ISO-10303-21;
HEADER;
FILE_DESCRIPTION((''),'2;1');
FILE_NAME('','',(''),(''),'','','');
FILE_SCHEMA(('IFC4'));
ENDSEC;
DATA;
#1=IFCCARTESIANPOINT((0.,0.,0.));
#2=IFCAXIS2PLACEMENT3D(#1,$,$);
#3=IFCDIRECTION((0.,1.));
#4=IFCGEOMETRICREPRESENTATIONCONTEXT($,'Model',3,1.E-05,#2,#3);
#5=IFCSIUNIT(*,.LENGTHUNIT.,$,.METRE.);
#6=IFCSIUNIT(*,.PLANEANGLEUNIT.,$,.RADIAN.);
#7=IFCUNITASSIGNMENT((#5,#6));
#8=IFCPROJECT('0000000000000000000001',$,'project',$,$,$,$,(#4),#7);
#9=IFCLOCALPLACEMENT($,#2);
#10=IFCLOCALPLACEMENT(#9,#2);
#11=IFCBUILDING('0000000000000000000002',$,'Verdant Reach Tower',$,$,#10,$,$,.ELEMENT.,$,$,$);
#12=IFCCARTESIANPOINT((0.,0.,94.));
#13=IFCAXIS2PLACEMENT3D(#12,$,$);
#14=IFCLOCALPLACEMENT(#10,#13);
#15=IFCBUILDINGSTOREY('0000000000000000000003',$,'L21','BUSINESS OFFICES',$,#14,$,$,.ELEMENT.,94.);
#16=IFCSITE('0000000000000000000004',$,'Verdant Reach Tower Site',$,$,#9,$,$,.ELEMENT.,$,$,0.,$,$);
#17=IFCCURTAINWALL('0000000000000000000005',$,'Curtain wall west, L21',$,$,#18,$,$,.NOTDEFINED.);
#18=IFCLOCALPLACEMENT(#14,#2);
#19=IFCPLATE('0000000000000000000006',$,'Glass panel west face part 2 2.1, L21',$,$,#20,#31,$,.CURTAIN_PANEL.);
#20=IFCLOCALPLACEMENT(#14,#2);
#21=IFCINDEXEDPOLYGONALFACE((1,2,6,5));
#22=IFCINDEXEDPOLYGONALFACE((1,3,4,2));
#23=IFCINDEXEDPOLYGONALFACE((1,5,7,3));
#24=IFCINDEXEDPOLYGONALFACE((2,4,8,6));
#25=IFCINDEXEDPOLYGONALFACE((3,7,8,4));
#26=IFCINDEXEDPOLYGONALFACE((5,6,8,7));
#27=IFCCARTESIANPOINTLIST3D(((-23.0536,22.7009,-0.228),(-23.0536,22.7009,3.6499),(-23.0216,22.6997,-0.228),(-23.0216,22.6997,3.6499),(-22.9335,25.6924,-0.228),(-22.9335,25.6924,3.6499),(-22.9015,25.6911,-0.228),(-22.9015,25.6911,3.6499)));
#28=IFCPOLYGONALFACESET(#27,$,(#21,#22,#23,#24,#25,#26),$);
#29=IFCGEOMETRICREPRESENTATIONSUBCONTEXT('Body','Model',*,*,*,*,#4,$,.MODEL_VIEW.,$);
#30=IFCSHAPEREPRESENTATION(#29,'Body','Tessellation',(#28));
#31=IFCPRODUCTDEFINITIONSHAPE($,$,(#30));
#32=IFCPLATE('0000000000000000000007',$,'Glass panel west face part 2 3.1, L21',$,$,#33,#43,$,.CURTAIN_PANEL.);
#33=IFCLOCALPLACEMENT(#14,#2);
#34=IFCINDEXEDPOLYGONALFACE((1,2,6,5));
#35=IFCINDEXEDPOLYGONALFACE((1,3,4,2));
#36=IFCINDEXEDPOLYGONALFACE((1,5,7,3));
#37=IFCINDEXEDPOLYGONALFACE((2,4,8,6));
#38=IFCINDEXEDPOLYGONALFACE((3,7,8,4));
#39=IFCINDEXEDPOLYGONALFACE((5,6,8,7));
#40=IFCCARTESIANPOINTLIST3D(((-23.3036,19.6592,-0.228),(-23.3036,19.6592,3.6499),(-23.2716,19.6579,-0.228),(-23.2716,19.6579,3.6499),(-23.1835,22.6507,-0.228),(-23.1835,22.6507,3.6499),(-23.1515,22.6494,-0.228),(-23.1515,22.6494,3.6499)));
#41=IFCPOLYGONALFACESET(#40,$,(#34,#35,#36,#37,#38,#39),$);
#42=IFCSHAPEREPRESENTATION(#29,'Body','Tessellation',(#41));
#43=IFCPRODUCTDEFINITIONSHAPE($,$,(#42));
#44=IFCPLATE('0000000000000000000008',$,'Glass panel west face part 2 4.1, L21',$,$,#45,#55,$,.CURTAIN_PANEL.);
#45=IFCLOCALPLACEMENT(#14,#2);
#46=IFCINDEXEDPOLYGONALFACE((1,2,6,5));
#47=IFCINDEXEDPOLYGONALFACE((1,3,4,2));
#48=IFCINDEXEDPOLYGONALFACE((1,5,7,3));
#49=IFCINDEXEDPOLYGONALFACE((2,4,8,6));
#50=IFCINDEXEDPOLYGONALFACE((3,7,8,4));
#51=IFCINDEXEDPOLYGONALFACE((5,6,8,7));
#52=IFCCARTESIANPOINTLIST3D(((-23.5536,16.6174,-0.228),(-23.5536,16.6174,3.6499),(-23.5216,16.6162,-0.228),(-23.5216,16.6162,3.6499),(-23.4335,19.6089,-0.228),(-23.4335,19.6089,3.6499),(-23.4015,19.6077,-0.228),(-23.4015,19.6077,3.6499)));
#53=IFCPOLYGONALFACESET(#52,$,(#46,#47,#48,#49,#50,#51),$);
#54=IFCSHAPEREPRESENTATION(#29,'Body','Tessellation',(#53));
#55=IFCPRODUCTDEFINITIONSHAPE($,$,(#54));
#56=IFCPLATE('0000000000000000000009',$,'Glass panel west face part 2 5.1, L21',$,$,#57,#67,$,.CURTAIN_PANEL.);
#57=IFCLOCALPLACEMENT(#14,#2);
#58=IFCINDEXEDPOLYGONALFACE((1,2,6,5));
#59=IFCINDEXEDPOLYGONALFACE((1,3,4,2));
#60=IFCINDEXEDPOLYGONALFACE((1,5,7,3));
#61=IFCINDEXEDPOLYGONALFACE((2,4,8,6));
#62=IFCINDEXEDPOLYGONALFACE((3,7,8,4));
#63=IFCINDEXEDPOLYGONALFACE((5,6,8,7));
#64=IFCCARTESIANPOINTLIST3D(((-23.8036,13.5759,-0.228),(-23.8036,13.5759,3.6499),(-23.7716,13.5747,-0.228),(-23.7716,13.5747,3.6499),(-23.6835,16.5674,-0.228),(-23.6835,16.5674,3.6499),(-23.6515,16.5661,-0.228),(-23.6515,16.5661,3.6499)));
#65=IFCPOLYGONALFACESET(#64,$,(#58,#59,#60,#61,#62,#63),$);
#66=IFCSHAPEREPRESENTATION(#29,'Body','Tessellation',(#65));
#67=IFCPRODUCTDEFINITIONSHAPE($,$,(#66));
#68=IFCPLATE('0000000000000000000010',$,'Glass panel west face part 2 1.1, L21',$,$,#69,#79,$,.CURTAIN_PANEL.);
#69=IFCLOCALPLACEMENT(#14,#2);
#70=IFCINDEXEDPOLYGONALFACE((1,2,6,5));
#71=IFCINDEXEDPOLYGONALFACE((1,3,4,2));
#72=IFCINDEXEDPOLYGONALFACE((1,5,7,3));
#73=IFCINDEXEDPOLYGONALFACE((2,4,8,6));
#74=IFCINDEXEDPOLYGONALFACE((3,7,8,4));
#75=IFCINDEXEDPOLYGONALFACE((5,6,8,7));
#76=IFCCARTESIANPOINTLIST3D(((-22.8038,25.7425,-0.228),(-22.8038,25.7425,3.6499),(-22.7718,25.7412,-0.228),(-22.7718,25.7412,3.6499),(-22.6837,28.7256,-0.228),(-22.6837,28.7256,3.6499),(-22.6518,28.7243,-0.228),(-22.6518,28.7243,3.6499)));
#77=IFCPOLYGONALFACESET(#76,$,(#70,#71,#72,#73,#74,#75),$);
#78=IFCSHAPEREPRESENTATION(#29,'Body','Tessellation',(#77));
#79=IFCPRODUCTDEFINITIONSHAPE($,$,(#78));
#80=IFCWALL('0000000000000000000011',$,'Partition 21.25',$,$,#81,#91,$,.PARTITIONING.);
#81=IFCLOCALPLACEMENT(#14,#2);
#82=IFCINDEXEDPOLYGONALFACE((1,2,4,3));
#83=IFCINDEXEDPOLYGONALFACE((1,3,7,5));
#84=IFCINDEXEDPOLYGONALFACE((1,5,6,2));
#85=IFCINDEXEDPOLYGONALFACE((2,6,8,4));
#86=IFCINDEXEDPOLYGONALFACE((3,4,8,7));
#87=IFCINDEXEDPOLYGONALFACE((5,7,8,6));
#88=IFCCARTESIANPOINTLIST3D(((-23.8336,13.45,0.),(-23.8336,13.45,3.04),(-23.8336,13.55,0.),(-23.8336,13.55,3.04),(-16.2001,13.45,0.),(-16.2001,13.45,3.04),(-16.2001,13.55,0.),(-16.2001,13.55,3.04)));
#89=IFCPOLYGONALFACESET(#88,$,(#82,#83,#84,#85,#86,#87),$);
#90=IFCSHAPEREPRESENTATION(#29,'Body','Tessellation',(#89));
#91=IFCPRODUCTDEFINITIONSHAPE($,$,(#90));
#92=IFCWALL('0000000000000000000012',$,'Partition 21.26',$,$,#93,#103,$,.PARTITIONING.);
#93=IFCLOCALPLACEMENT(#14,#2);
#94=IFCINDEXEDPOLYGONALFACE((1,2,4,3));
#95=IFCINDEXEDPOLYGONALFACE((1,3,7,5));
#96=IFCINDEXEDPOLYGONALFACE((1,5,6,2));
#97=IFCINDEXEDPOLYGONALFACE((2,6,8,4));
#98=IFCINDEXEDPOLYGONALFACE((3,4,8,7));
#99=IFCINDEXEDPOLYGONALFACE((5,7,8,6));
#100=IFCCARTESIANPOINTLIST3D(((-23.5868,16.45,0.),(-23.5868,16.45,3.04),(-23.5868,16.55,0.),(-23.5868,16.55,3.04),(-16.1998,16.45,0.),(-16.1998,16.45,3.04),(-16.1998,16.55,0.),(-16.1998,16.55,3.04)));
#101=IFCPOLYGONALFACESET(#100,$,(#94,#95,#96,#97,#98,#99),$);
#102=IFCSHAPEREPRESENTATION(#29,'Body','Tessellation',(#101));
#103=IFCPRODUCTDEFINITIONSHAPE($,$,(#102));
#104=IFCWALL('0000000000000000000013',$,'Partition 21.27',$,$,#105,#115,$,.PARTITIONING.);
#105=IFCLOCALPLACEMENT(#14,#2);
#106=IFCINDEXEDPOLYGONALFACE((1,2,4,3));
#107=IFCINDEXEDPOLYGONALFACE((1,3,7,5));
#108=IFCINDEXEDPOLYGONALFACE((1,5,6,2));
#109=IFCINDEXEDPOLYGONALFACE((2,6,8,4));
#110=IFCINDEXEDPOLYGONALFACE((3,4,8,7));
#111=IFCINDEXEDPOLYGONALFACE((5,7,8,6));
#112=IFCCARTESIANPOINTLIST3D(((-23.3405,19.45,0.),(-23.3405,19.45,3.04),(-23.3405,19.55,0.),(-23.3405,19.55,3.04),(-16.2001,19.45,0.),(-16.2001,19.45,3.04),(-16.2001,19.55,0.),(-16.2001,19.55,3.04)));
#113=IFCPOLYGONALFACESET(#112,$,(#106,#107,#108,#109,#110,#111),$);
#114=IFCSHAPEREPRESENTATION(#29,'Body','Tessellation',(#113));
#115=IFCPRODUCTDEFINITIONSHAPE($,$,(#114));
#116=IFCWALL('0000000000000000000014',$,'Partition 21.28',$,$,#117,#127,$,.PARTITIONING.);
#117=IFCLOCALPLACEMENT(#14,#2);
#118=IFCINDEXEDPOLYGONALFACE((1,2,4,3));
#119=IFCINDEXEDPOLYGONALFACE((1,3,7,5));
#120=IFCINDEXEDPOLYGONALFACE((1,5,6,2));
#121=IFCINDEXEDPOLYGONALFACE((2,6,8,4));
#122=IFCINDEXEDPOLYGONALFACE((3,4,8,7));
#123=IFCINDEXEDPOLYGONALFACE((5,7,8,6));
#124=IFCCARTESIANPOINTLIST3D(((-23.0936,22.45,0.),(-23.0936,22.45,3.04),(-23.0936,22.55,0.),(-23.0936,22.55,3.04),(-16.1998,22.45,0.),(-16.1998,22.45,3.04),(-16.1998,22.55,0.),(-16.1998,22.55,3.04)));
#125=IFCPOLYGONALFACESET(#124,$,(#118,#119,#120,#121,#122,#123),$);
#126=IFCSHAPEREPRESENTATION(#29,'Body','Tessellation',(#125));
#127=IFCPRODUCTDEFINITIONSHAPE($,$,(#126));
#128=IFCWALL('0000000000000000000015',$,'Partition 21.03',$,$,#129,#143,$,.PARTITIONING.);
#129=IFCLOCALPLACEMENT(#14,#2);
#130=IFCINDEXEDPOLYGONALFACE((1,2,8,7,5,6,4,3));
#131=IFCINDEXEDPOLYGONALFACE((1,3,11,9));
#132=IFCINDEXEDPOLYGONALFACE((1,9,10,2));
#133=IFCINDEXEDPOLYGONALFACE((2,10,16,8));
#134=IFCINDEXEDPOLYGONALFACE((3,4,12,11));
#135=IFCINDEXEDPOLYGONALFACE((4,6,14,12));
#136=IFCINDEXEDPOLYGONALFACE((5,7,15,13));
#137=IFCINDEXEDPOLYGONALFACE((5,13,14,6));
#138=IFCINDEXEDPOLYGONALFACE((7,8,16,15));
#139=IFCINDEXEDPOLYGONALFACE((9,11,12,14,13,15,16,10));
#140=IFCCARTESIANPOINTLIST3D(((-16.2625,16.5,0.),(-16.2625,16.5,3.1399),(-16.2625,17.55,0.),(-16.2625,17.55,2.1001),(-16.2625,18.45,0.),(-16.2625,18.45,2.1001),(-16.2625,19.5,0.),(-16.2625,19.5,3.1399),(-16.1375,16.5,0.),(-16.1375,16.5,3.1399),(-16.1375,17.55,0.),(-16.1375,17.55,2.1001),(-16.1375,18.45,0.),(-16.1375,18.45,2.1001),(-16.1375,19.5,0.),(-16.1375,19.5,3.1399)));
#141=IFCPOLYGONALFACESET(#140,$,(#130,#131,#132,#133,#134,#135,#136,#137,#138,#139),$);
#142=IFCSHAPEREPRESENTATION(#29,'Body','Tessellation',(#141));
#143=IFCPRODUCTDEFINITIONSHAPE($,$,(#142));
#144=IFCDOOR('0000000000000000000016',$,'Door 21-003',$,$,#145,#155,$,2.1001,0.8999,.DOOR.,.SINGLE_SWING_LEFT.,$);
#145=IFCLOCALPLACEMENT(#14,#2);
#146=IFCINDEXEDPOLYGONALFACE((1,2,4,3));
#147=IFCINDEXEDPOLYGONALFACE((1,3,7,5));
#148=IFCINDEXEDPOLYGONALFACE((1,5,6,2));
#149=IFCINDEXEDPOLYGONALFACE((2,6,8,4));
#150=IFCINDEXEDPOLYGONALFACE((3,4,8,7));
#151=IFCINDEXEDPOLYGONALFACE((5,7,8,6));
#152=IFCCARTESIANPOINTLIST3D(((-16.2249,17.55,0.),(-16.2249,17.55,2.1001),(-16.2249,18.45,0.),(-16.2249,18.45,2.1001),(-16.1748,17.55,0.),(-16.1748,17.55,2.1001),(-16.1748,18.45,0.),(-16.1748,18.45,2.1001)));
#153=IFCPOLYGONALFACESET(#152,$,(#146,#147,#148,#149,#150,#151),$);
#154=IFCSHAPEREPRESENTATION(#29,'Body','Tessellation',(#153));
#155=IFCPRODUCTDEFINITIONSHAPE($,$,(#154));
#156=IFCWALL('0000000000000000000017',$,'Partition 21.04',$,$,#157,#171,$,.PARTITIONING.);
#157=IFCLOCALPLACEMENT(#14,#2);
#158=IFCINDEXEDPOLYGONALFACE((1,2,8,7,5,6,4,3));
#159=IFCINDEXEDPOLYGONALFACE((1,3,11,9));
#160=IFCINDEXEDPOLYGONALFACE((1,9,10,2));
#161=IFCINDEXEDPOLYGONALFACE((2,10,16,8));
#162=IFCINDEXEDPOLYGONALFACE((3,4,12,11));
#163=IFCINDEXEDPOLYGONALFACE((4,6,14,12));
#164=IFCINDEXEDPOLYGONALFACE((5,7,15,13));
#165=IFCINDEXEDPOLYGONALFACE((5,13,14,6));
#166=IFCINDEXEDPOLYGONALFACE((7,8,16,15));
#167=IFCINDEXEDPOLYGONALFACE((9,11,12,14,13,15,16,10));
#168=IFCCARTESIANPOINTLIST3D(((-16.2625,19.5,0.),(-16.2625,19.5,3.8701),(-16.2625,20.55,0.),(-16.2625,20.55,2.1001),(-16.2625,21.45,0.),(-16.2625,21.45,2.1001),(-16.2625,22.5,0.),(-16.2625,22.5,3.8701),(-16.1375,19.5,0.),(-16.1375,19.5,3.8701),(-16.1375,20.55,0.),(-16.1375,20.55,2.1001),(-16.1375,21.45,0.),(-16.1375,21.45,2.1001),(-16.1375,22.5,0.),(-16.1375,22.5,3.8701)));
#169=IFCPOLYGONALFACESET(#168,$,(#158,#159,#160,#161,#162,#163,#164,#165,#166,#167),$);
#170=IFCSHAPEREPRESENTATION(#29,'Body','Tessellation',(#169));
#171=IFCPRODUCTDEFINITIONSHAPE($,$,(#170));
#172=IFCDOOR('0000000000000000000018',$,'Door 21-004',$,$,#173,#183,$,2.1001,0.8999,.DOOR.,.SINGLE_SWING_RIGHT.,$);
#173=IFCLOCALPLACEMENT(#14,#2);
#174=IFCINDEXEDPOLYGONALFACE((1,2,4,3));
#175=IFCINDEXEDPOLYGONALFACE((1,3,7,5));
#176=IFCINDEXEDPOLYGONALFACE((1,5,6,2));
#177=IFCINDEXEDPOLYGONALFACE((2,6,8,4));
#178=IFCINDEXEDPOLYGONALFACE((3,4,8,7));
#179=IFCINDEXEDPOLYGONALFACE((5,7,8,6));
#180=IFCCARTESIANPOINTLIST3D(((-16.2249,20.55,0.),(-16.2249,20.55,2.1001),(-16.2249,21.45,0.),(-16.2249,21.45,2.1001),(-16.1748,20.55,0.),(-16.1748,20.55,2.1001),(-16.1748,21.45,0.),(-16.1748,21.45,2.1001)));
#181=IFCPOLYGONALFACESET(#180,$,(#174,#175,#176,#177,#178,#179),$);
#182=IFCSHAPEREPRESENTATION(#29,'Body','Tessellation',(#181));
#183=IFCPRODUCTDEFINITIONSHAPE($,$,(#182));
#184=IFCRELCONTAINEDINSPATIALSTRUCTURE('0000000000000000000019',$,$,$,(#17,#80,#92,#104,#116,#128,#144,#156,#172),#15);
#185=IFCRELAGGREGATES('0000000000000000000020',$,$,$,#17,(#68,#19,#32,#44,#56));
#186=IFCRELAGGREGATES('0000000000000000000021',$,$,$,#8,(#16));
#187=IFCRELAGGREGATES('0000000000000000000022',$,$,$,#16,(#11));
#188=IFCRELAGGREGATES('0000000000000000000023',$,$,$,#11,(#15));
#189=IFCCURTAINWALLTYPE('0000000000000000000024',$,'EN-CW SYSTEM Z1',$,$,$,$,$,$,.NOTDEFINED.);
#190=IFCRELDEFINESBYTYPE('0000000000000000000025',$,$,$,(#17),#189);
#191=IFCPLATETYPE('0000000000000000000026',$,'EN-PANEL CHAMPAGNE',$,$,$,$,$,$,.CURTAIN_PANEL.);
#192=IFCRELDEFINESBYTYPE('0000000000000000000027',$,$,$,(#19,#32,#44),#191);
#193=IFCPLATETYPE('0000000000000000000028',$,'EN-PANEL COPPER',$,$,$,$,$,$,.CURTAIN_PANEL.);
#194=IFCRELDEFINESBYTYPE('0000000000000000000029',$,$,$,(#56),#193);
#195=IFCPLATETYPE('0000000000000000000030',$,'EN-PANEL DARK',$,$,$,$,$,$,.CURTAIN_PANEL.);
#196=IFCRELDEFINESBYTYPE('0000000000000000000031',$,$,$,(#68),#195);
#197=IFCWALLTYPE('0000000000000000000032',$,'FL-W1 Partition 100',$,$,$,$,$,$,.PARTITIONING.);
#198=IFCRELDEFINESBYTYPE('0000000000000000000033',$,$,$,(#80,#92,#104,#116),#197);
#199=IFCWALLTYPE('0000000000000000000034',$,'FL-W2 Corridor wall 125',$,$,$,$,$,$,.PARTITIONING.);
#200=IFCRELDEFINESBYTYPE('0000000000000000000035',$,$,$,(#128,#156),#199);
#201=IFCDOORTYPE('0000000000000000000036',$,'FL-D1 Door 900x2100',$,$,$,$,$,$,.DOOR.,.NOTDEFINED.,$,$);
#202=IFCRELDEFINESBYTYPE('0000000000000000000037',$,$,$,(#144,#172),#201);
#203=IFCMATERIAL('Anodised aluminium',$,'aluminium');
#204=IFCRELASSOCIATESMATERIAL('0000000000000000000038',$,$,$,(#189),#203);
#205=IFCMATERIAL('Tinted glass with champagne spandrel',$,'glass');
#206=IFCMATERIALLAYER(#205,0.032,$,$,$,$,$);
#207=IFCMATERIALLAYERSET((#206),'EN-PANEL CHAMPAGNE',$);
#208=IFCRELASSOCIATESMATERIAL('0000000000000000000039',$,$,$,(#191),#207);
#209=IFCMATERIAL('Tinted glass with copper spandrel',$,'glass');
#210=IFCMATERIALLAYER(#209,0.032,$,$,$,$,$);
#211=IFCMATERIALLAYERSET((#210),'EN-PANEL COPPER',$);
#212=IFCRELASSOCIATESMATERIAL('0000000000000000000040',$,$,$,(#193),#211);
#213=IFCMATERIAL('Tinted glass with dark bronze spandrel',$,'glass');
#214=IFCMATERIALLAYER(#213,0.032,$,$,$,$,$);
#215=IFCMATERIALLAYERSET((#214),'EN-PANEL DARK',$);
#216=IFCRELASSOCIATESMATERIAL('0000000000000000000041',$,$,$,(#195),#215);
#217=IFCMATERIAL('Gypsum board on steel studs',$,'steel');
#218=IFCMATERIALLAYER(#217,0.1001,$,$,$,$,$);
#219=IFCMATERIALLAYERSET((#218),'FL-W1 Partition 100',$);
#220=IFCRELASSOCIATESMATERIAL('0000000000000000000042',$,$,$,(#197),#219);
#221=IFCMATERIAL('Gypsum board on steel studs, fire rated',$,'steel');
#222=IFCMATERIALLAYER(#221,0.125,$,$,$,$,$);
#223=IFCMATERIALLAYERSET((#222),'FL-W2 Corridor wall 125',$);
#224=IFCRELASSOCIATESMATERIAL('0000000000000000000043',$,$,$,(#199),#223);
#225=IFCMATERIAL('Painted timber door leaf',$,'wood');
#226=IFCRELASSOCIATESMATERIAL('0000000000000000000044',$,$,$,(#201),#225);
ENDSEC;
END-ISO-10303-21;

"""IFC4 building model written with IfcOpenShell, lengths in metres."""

from ifc_helpers import new_model, si_unit, direction, frame, frame_2d, origin, origin_2d, place, context, subcontext, project, spatial, rectangle, extrude, material, layer, layer_set, type_object, element, fill, aggregate, save


model = new_model("IFC4")

# Units and contexts
model_context = context("Model", 3, precision=1e-05, world=origin(), true_north=direction((0.0, 1.0)))
body_context = subcontext(model_context, "Body", "Model", "MODEL_VIEW")
ifc_project = project(units=[si_unit("LENGTHUNIT", "METRE"), si_unit("PLANEANGLEUNIT", "RADIAN")], contexts=[model_context])

# Site, building, storey
site_placement = place(None, origin())
site = spatial("IfcSite", under=ifc_project, at=site_placement, Name="Verdant Reach Tower Site", CompositionType="ELEMENT", RefElevation=0.0)
building_placement = place(site_placement, origin())
building = spatial("IfcBuilding", under=site, at=building_placement, Name="Verdant Reach Tower", CompositionType="ELEMENT")
storey_placement = place(building_placement, frame((0.0, 0.0, 94.0)))
storey = spatial("IfcBuildingStorey", under=building, at=storey_placement, Name="L21", Description="BUSINESS OFFICES", CompositionType="ELEMENT", Elevation=94.0)

# Curtain wall
ifc_material_1 = material(Name="Anodised aluminium", Category="aluminium")
curtain_wall_type = type_object("IfcCurtainWallType", Name="EN-CW SYSTEM Z1", PredefinedType="NOTDEFINED", material=ifc_material_1)
curtain_wall_placement = place(storey_placement, origin())
curtain_wall = element("IfcCurtainWall", 1, at=curtain_wall_placement, inside=storey, type_object=curtain_wall_type, Name="Curtain wall west, L21", PredefinedType="NOTDEFINED")

# Plates
ifc_material_2 = material(Name="Tinted glass with champagne spandrel", Category="glass")
ifc_layer_1 = layer(ifc_material_2, 0.032)
ifc_layer_set_1 = layer_set([ifc_layer_1], Name="EN-PANEL CHAMPAGNE")
plate_type_1 = type_object("IfcPlateType", Name="EN-PANEL CHAMPAGNE", PredefinedType="CURTAIN_PANEL", material=ifc_layer_set_1)
plate_1_placement = place(storey_placement, frame((-22.9775, 24.196, -0.228), z_axis=(0.0, 0.0, 1.0), x_axis=(-0.040109, -0.999195, 0.0)))
plate_1 = element("IfcPlate", 2, at=plate_1_placement, type_object=plate_type_1, Name="Glass panel west face part 2 2.1, L21", PredefinedType="CURTAIN_PANEL", context=body_context, shape_type="SweptSolid", body=[
    extrude(rectangle(XDim=2.9939, YDim=0.032, at=origin_2d()), origin(), (0.0, 0.0, 1.0), 3.8779),
])
plate_2_placement = place(storey_placement, frame((-23.2275, 21.1543, -0.228), z_axis=(0.0, 0.0, 1.0), x_axis=(-0.040109, -0.999195, 0.0)))
plate_2 = element("IfcPlate", 3, at=plate_2_placement, type_object=plate_type_1, Name="Glass panel west face part 2 3.1, L21", PredefinedType="CURTAIN_PANEL", context=body_context, shape_type="SweptSolid", body=[
    extrude(rectangle(XDim=2.9939, YDim=0.032, at=origin_2d()), origin(), (0.0, 0.0, 1.0), 3.8779),
])
plate_3_placement = place(storey_placement, frame((-23.4775, 18.1125, -0.228), z_axis=(0.0, 0.0, 1.0), x_axis=(-0.040109, -0.999195, 0.0)))
plate_3 = element("IfcPlate", 4, at=plate_3_placement, type_object=plate_type_1, Name="Glass panel west face part 2 4.1, L21", PredefinedType="CURTAIN_PANEL", context=body_context, shape_type="SweptSolid", body=[
    extrude(rectangle(XDim=2.9939, YDim=0.032, at=origin_2d()), origin(), (0.0, 0.0, 1.0), 3.8779),
])
ifc_material_3 = material(Name="Tinted glass with copper spandrel", Category="glass")
ifc_layer_2 = layer(ifc_material_3, 0.032)
ifc_layer_set_2 = layer_set([ifc_layer_2], Name="EN-PANEL COPPER")
plate_type_2 = type_object("IfcPlateType", Name="EN-PANEL COPPER", PredefinedType="CURTAIN_PANEL", material=ifc_layer_set_2)
plate_4_placement = place(storey_placement, frame((-23.7275, 15.071, -0.228), z_axis=(0.0, 0.0, 1.0), x_axis=(-0.040109, -0.999195, 0.0)))
plate_4 = element("IfcPlate", 5, at=plate_4_placement, type_object=plate_type_2, Name="Glass panel west face part 2 5.1, L21", PredefinedType="CURTAIN_PANEL", context=body_context, shape_type="SweptSolid", body=[
    extrude(rectangle(XDim=2.9939, YDim=0.032, at=origin_2d()), origin(), (0.0, 0.0, 1.0), 3.8779),
])
ifc_material_4 = material(Name="Tinted glass with dark bronze spandrel", Category="glass")
ifc_layer_3 = layer(ifc_material_4, 0.032)
ifc_layer_set_3 = layer_set([ifc_layer_3], Name="EN-PANEL DARK")
plate_type_3 = type_object("IfcPlateType", Name="EN-PANEL DARK", PredefinedType="CURTAIN_PANEL", material=ifc_layer_set_3)
plate_5_placement = place(storey_placement, frame((-22.7278, 27.2334, -0.228), z_axis=(0.0, 0.0, 1.0), x_axis=(-0.040222, -0.999191, 0.0)))
plate_5 = element("IfcPlate", 6, at=plate_5_placement, type_object=plate_type_3, Name="Glass panel west face part 2 1.1, L21", PredefinedType="CURTAIN_PANEL", context=body_context, shape_type="SweptSolid", body=[
    extrude(rectangle(XDim=2.9856, YDim=0.032, at=origin_2d()), origin(), (0.0, 0.0, 1.0), 3.8779),
])
aggregate(curtain_wall, [plate_5, plate_1, plate_2, plate_3, plate_4])

# Walls
ifc_material_5 = material(Name="Gypsum board on steel studs", Category="steel")
ifc_layer_4 = layer(ifc_material_5, 0.1001)
ifc_layer_set_4 = layer_set([ifc_layer_4], Name="FL-W1 Partition 100")
wall_type_1 = type_object("IfcWallType", Name="FL-W1 Partition 100", PredefinedType="PARTITIONING", material=ifc_layer_set_4)
wall_1_placement = place(storey_placement, frame((-16.2, 13.5, 0.0), z_axis=(0.0, 0.0, 1.0), x_axis=(-1.0, 0.0, 0.0)))
element("IfcWall", 7, at=wall_1_placement, inside=storey, type_object=wall_type_1, Name="Partition 21.25", PredefinedType="PARTITIONING", context=body_context, shape_type="SweptSolid", body=[
    extrude(rectangle(XDim=7.6335, YDim=0.1001, at=frame_2d((3.8169, 0.0))), origin(), (0.0, 0.0, 1.0), 3.04),
])
wall_2_placement = place(storey_placement, frame((-16.2, 16.5, 0.0), z_axis=(0.0, 0.0, 1.0), x_axis=(-1.0, 0.0, 0.0)))
element("IfcWall", 8, at=wall_2_placement, inside=storey, type_object=wall_type_1, Name="Partition 21.26", PredefinedType="PARTITIONING", context=body_context, shape_type="SweptSolid", body=[
    extrude(rectangle(XDim=7.387, YDim=0.1001, at=frame_2d((3.6934, 0.0))), origin(), (0.0, 0.0, 1.0), 3.04),
])
wall_3_placement = place(storey_placement, frame((-16.2, 19.5, 0.0), z_axis=(0.0, 0.0, 1.0), x_axis=(-1.0, 0.0, 0.0)))
element("IfcWall", 9, at=wall_3_placement, inside=storey, type_object=wall_type_1, Name="Partition 21.27", PredefinedType="PARTITIONING", context=body_context, shape_type="SweptSolid", body=[
    extrude(rectangle(XDim=7.1404, YDim=0.1001, at=frame_2d((3.5703, 0.0))), origin(), (0.0, 0.0, 1.0), 3.04),
])
wall_4_placement = place(storey_placement, frame((-16.2, 22.5, 0.0), z_axis=(0.0, 0.0, 1.0), x_axis=(-1.0, 0.0, 0.0)))
element("IfcWall", 10, at=wall_4_placement, inside=storey, type_object=wall_type_1, Name="Partition 21.28", PredefinedType="PARTITIONING", context=body_context, shape_type="SweptSolid", body=[
    extrude(rectangle(XDim=6.8938, YDim=0.1001, at=frame_2d((3.4468, 0.0))), origin(), (0.0, 0.0, 1.0), 3.04),
])

# Walls, openings, doors
ifc_material_6 = material(Name="Gypsum board on steel studs, fire rated", Category="steel")
ifc_layer_5 = layer(ifc_material_6, 0.125)
ifc_layer_set_5 = layer_set([ifc_layer_5], Name="FL-W2 Corridor wall 125")
wall_type_2 = type_object("IfcWallType", Name="FL-W2 Corridor wall 125", PredefinedType="PARTITIONING", material=ifc_layer_set_5)
wall_5_placement = place(storey_placement, frame((-16.2, 16.5, 0.0), z_axis=(0.0, 0.0, 1.0), x_axis=(0.0, 1.0, 0.0)))
wall_5 = element("IfcWall", 11, at=wall_5_placement, inside=storey, type_object=wall_type_2, Name="Partition 21.03", PredefinedType="PARTITIONING", context=body_context, shape_type="SweptSolid", body=[
    extrude(rectangle(XDim=3.0, YDim=0.125, at=frame_2d((1.5, 0.0))), origin(), (0.0, 0.0, 1.0), 3.1399),
])
opening_1_placement = place(wall_5_placement, frame((1.05, 0.0, 0.0)))
opening_1 = element("IfcOpeningElement", 12, at=opening_1_placement, cuts=wall_5, PredefinedType="OPENING", context=body_context, shape_type="SweptSolid", body=[
    extrude(rectangle(XDim=0.8999, YDim=2.1001, at=frame_2d((0.45, 1.05))), frame((0.0, 0.0725, 0.0), z_axis=(0.0, -1.0, 0.0), x_axis=(1.0, 0.0, 0.0)), (0.0, 0.0, 1.0), 0.145),
])
ifc_material_7 = material(Name="Painted timber door leaf", Category="wood")
door_type_1 = type_object("IfcDoorType", Name="FL-D1 Door 900x2100", OperationType="NOTDEFINED", PredefinedType="DOOR", material=ifc_material_7)
door_1_placement = place(opening_1_placement, origin())
door_1 = element("IfcDoor", 13, at=door_1_placement, inside=storey, type_object=door_type_1, Name="Door 21-003", OperationType="SINGLE_SWING_LEFT", OverallHeight=2.1001, OverallWidth=0.8999, PredefinedType="DOOR", context=body_context, shape_type="SweptSolid", body=[
    extrude(rectangle(XDim=0.8999, YDim=2.1001, at=frame_2d((0.45, 1.05))), frame((0.0, 0.0249, 0.0), z_axis=(0.0, -1.0, 0.0), x_axis=(1.0, 0.0, 0.0)), (0.0, 0.0, 1.0), 0.05),
])
fill(opening_1, door_1)
wall_6_placement = place(storey_placement, frame((-16.2, 19.5, 0.0), z_axis=(0.0, 0.0, 1.0), x_axis=(0.0, 1.0, 0.0)))
wall_6 = element("IfcWall", 14, at=wall_6_placement, inside=storey, type_object=wall_type_2, Name="Partition 21.04", PredefinedType="PARTITIONING", context=body_context, shape_type="SweptSolid", body=[
    extrude(rectangle(XDim=3.0, YDim=0.125, at=frame_2d((1.5, 0.0))), origin(), (0.0, 0.0, 1.0), 3.8701),
])
opening_2_placement = place(wall_6_placement, frame((1.05, 0.0, 0.0)))
opening_2 = element("IfcOpeningElement", 15, at=opening_2_placement, cuts=wall_6, PredefinedType="OPENING", context=body_context, shape_type="SweptSolid", body=[
    extrude(rectangle(XDim=0.8999, YDim=2.1001, at=frame_2d((0.45, 1.05))), frame((0.0, 0.0725, 0.0), z_axis=(0.0, -1.0, 0.0), x_axis=(1.0, 0.0, 0.0)), (0.0, 0.0, 1.0), 0.145),
])
door_2_placement = place(opening_2_placement, origin())
door_2 = element("IfcDoor", 16, at=door_2_placement, inside=storey, type_object=door_type_1, Name="Door 21-004", OperationType="SINGLE_SWING_RIGHT", OverallHeight=2.1001, OverallWidth=0.8999, PredefinedType="DOOR", context=body_context, shape_type="SweptSolid", body=[
    extrude(rectangle(XDim=0.8999, YDim=2.1001, at=frame_2d((0.45, 1.05))), frame((0.0, 0.0249, 0.0), z_axis=(0.0, -1.0, 0.0), x_axis=(1.0, 0.0, 0.0)), (0.0, 0.0, 1.0), 0.05),
])
fill(opening_2, door_2)

save(model, "model.ifc")
